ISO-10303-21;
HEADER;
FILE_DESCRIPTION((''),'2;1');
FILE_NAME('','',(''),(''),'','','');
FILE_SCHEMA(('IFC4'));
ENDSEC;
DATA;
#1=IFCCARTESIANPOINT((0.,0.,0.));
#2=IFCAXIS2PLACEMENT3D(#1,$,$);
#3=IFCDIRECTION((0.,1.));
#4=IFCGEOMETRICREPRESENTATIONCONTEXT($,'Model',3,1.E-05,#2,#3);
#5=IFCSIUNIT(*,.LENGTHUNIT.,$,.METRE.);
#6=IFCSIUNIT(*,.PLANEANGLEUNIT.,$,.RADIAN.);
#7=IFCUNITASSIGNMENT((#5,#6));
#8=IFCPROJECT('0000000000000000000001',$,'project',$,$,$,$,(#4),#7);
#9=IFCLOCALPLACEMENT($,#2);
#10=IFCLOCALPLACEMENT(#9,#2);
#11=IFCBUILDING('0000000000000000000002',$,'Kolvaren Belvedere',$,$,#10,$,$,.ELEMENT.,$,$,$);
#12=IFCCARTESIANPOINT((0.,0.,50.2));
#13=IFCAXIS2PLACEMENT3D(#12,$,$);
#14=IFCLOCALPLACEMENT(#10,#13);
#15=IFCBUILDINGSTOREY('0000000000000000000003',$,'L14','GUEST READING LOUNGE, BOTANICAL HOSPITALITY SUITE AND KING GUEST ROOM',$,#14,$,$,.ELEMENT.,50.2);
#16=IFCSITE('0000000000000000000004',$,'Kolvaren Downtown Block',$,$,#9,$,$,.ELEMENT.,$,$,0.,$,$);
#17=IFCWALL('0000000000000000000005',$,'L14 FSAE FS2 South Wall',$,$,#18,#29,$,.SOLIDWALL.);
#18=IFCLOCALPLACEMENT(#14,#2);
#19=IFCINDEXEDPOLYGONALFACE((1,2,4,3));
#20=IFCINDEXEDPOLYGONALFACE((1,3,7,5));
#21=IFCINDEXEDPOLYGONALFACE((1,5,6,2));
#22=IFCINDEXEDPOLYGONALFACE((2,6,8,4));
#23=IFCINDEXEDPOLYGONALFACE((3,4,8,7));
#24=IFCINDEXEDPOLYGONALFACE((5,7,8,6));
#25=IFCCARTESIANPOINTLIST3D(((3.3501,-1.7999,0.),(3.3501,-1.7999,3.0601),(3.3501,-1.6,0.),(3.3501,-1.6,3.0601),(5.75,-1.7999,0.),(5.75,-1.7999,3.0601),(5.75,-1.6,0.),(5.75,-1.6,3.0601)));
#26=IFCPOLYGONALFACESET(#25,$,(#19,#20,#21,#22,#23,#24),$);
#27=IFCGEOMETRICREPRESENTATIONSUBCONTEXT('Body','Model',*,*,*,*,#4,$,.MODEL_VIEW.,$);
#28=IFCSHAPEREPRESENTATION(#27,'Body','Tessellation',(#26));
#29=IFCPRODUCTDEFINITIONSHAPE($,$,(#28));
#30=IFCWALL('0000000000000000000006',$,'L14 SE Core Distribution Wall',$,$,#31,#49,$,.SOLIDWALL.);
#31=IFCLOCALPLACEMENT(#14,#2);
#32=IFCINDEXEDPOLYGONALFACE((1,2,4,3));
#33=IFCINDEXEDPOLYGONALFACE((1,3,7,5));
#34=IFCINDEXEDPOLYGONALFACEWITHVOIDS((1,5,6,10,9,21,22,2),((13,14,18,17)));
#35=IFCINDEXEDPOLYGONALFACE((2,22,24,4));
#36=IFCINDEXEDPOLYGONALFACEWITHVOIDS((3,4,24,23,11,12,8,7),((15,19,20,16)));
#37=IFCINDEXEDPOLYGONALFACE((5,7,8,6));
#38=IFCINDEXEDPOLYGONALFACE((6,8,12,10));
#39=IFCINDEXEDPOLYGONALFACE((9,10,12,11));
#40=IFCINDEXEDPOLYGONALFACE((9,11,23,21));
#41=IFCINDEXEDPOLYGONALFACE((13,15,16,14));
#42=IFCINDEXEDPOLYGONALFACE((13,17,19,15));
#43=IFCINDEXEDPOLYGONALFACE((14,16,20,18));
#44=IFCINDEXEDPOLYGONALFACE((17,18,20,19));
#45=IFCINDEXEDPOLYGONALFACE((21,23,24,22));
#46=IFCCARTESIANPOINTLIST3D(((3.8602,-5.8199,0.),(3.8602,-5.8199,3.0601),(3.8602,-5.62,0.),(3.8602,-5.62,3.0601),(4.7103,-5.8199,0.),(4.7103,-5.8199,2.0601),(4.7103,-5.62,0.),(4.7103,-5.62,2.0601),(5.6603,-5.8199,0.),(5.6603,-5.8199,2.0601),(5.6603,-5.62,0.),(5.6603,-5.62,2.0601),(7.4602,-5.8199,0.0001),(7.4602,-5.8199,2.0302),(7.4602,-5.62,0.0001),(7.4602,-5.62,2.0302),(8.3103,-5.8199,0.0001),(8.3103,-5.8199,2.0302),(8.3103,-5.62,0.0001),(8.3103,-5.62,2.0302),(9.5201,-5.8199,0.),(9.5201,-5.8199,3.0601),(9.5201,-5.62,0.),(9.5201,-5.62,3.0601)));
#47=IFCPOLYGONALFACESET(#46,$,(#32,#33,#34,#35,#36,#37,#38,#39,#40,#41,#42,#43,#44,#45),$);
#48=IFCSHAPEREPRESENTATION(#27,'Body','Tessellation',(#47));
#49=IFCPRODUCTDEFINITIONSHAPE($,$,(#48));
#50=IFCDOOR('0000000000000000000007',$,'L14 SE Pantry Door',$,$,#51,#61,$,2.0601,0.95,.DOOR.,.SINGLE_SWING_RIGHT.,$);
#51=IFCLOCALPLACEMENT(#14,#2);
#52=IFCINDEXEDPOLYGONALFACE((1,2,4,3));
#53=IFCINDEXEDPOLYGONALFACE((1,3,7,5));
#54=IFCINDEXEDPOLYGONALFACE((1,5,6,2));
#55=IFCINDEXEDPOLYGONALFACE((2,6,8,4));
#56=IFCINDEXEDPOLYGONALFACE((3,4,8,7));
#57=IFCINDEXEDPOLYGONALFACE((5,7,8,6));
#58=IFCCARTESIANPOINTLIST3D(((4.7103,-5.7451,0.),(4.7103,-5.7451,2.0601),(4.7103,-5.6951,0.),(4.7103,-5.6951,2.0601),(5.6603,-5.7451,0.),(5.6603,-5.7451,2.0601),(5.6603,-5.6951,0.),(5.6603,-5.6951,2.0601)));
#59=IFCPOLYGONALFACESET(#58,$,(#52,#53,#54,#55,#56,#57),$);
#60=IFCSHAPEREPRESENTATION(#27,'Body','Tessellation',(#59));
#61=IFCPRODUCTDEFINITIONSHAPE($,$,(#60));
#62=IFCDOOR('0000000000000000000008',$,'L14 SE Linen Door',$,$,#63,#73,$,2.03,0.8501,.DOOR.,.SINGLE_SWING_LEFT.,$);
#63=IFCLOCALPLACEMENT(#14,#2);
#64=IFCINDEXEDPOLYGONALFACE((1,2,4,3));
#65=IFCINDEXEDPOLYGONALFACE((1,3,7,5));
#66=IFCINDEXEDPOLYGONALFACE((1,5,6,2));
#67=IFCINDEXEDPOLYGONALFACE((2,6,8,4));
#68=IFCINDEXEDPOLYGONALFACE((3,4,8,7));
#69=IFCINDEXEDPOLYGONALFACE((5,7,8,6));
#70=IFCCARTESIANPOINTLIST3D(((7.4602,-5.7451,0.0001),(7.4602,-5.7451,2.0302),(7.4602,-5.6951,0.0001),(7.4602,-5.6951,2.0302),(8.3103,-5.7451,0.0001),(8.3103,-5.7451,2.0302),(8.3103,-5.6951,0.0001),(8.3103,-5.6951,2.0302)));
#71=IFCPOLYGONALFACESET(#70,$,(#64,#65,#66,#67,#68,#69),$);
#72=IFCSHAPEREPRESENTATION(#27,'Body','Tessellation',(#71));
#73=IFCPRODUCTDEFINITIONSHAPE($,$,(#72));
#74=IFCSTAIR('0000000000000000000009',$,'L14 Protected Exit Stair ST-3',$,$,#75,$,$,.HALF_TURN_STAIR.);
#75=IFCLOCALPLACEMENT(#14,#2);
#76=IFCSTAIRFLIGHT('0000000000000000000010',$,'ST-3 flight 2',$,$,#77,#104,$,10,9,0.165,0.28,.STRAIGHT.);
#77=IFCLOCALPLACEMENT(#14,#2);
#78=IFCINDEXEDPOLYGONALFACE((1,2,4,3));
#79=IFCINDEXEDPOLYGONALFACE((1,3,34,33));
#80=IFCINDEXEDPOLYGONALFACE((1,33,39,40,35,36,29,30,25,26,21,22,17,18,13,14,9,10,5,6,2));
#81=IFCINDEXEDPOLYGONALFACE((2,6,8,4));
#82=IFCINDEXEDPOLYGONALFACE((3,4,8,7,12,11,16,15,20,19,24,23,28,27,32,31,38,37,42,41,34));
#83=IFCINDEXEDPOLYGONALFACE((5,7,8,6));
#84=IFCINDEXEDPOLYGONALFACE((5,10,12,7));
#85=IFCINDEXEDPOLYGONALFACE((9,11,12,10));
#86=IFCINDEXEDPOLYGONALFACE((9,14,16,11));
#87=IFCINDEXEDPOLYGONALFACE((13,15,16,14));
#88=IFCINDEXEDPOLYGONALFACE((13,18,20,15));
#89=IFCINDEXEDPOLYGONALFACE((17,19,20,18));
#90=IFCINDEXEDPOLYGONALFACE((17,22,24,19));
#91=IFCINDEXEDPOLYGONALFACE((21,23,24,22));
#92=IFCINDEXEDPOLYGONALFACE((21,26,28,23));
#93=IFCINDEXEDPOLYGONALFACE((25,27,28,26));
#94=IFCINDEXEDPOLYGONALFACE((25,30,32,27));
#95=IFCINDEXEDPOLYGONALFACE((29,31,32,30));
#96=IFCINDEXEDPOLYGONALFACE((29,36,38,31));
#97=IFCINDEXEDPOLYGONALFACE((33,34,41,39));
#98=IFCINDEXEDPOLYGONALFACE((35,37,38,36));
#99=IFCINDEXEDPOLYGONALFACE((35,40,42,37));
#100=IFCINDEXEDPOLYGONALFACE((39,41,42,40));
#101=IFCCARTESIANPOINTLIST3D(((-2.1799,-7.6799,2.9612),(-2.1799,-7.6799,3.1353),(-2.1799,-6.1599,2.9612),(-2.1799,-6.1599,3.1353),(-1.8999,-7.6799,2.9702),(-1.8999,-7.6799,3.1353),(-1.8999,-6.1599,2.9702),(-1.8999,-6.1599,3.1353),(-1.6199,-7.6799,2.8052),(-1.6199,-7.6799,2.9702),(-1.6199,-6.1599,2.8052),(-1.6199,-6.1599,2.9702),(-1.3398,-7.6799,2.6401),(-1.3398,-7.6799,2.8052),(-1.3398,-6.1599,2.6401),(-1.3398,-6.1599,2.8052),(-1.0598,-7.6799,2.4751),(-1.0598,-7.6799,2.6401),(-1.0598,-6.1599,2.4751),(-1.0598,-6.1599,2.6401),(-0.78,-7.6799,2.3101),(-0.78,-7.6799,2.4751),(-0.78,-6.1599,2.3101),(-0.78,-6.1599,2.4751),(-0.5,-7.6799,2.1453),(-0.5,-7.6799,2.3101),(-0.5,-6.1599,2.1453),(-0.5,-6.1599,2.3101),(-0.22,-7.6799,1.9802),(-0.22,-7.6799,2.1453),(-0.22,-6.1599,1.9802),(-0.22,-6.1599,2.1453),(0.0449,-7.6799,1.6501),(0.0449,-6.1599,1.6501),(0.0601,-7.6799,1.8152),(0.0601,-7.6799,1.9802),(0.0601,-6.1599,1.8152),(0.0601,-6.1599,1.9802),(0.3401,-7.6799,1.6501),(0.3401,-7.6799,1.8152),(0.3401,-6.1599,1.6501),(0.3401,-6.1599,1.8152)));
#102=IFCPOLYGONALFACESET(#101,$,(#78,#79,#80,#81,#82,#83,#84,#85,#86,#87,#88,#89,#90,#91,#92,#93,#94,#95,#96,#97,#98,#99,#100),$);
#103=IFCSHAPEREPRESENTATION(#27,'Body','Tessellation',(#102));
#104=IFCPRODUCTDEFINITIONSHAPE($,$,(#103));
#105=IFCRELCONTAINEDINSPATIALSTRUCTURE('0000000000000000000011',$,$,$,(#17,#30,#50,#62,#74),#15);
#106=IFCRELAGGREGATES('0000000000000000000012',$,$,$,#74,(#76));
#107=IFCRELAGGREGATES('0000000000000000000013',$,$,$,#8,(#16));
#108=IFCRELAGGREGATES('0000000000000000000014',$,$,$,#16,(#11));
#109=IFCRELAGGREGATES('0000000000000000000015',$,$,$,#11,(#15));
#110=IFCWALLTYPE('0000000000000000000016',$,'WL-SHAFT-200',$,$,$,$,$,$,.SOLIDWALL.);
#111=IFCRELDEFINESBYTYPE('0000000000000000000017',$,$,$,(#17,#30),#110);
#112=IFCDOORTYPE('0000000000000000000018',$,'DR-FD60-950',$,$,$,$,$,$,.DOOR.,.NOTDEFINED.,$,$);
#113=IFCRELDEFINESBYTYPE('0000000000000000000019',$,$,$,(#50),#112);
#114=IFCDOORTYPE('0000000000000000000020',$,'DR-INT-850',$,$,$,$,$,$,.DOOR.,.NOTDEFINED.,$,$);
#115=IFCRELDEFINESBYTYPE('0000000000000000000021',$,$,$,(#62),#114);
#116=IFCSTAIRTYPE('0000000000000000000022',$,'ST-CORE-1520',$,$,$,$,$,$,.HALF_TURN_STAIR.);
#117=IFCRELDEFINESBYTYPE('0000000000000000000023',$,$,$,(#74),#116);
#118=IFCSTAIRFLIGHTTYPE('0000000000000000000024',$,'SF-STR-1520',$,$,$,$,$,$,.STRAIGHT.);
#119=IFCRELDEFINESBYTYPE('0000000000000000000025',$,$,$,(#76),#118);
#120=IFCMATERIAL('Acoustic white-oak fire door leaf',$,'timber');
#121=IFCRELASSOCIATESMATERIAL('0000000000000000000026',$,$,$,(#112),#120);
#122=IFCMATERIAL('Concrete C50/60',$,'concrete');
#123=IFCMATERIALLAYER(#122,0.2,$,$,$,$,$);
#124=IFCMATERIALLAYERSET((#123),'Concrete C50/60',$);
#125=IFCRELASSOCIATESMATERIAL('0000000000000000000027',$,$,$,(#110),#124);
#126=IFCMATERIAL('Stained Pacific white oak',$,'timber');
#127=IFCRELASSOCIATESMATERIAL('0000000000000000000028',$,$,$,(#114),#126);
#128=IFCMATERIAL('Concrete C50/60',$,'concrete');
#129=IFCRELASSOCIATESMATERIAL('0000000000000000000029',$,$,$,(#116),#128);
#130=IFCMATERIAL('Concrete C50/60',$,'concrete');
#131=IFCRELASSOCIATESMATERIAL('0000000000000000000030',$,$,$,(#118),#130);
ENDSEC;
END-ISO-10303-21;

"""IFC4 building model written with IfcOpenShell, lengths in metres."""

from ifc_helpers import new_model, si_unit, direction, frame, frame_2d, origin, place, context, subcontext, project, spatial, polyline, rectangle, outline, extrude, material, layer, layer_set, type_object, element, fill, aggregate, save


model = new_model("IFC4")

# Units and contexts
model_context = context("Model", 3, precision=1e-05, world=origin(), true_north=direction((0.0, 1.0)))
body_context = subcontext(model_context, "Body", "Model", "MODEL_VIEW")
ifc_project = project(units=[si_unit("LENGTHUNIT", "METRE"), si_unit("PLANEANGLEUNIT", "RADIAN")], contexts=[model_context])

# Site, building, storey
site_placement = place(None, origin())
site = spatial("IfcSite", under=ifc_project, at=site_placement, Name="Kolvaren Downtown Block", CompositionType="ELEMENT", RefElevation=0.0)
building_placement = place(site_placement, origin())
building = spatial("IfcBuilding", under=site, at=building_placement, Name="Kolvaren Belvedere", CompositionType="ELEMENT")
storey_placement = place(building_placement, frame((0.0, 0.0, 50.2)))
storey = spatial("IfcBuildingStorey", under=building, at=storey_placement, Name="L14", Description="GUEST READING LOUNGE, BOTANICAL HOSPITALITY SUITE AND KING GUEST ROOM", CompositionType="ELEMENT", Elevation=50.2)

# Shared definitions
ifc_material_1 = material(Name="Acoustic white-oak fire door leaf", Category="timber")
door_type_1 = type_object("IfcDoorType", Name="DR-FD60-950", OperationType="NOTDEFINED", PredefinedType="DOOR", material=ifc_material_1)
ifc_material_2 = material(Name="Concrete C50/60", Category="concrete")
ifc_layer_1 = layer(ifc_material_2, 0.2)
ifc_layer_set_1 = layer_set([ifc_layer_1], Name="Concrete C50/60")
wall_type_1 = type_object("IfcWallType", Name="WL-SHAFT-200", PredefinedType="SOLIDWALL", material=ifc_layer_set_1)

# Wall
wall_1_placement = place(storey_placement, frame((3.3501, -1.7, 0.0), z_axis=(0.0, 0.0, 1.0), x_axis=(1.0, 0.0, 0.0)))
element("IfcWall", 1, at=wall_1_placement, inside=storey, type_object=wall_type_1, Name="L14 FSAE FS2 South Wall", PredefinedType="SOLIDWALL", context=body_context, shape_type="SweptSolid", body=[
    extrude(rectangle(XDim=2.3999, YDim=0.2, at=frame_2d((1.2, 0.0))), origin(), (0.0, 0.0, 1.0), 3.0601),
])

# Wall, openings, doors
wall_2_placement = place(storey_placement, frame((3.8601, -5.72, 0.0), z_axis=(0.0, 0.0, 1.0), x_axis=(1.0, 0.0, 0.0)))
wall_2 = element("IfcWall", 2, at=wall_2_placement, inside=storey, type_object=wall_type_1, Name="L14 SE Core Distribution Wall", PredefinedType="SOLIDWALL", context=body_context, shape_type="SweptSolid", body=[
    extrude(rectangle(XDim=5.6599, YDim=0.2, at=frame_2d((2.8301, 0.0))), origin(), (0.0, 0.0, 1.0), 3.0601),
])
opening_1_placement = place(wall_2_placement, frame((0.8501, 0.0, 0.0)))
opening_1 = element("IfcOpeningElement", 3, at=opening_1_placement, cuts=wall_2, PredefinedType="OPENING", context=body_context, shape_type="SweptSolid", body=[
    extrude(rectangle(XDim=0.95, YDim=2.0601, at=frame_2d((0.4751, 1.03))), frame((0.0, 0.1099, 0.0), z_axis=(0.0, -1.0, 0.0), x_axis=(1.0, 0.0, 0.0)), (0.0, 0.0, 1.0), 0.22),
])
opening_2_placement = place(wall_2_placement, frame((3.6001, 0.0, 0.0)))
opening_2 = element("IfcOpeningElement", 4, at=opening_2_placement, cuts=wall_2, PredefinedType="OPENING", context=body_context, shape_type="SweptSolid", body=[
    extrude(rectangle(XDim=0.8501, YDim=2.03, at=frame_2d((0.425, 1.0151))), frame((0.0, 0.1099, 0.0), z_axis=(0.0, -1.0, 0.0), x_axis=(1.0, 0.0, 0.0)), (0.0, 0.0, 1.0), 0.22),
])
door_1_placement = place(opening_1_placement, origin())
door_1 = element("IfcDoor", 5, at=door_1_placement, inside=storey, type_object=door_type_1, Name="L14 SE Pantry Door", OperationType="SINGLE_SWING_RIGHT", OverallHeight=2.0601, OverallWidth=0.95, PredefinedType="DOOR", context=body_context, shape_type="SweptSolid", body=[
    extrude(rectangle(XDim=0.95, YDim=2.0601, at=frame_2d((0.4751, 1.03))), frame((0.0, 0.0249, 0.0), z_axis=(0.0, -1.0, 0.0), x_axis=(1.0, 0.0, 0.0)), (0.0, 0.0, 1.0), 0.05),
])
fill(opening_1, door_1)
ifc_material_3 = material(Name="Stained Pacific white oak", Category="timber")
door_type_2 = type_object("IfcDoorType", Name="DR-INT-850", OperationType="NOTDEFINED", PredefinedType="DOOR", material=ifc_material_3)
door_2_placement = place(opening_2_placement, origin())
door_2 = element("IfcDoor", 6, at=door_2_placement, inside=storey, type_object=door_type_2, Name="L14 SE Linen Door", OperationType="SINGLE_SWING_LEFT", OverallHeight=2.03, OverallWidth=0.8501, PredefinedType="DOOR", context=body_context, shape_type="SweptSolid", body=[
    extrude(rectangle(XDim=0.8501, YDim=2.03, at=frame_2d((0.425, 1.0151))), frame((0.0, 0.0249, 0.0), z_axis=(0.0, -1.0, 0.0), x_axis=(1.0, 0.0, 0.0)), (0.0, 0.0, 1.0), 0.05),
])
fill(opening_2, door_2)

# Stair, stair flight
ifc_material_4 = material(Name="Concrete C50/60", Category="concrete")
stair_type = type_object("IfcStairType", Name="ST-CORE-1520", PredefinedType="HALF_TURN_STAIR", material=ifc_material_4)
stair_placement = place(storey_placement, origin())
stair = element("IfcStair", 7, at=stair_placement, inside=storey, type_object=stair_type, Name="L14 Protected Exit Stair ST-3", PredefinedType="HALF_TURN_STAIR")
ifc_material_5 = material(Name="Concrete C50/60", Category="concrete")
stair_flight_type = type_object("IfcStairFlightType", Name="SF-STR-1520", PredefinedType="STRAIGHT", material=ifc_material_5)
stair_flight_placement = place(storey_placement, frame((0.3401, -6.9199, 1.6501), z_axis=(0.0, 0.0, 1.0), x_axis=(-1.0, 0.0, 0.0)))
stair_flight = element("IfcStairFlight", 8, at=stair_flight_placement, type_object=stair_flight_type, Name="ST-3 flight 2", NumberOfRisers=10, NumberOfTreads=9, PredefinedType="STRAIGHT", RiserHeight=0.165, TreadLength=0.28, context=body_context, shape_type="SweptSolid", body=[
    extrude(outline(polyline([(0.0, 0.0), (0.0, 0.165), (0.28, 0.165), (0.28, 0.3301), (0.5601, 0.3301), (0.5601, 0.4951), (0.8401, 0.4951), (0.8401, 0.6599), (1.1201, 0.6599), (1.1201, 0.825), (1.3999, 0.825), (1.3999, 0.99), (1.6799, 0.99), (1.6799, 1.155), (1.96, 1.155), (1.96, 1.3201), (2.24, 1.3201), (2.24, 1.4851), (2.52, 1.4851), (2.52, 1.6499), (2.52, 1.311), (0.2952, 0.0), (0.0, 0.0)])), frame((0.0, 0.76, 0.0), z_axis=(0.0, -1.0, 0.0), x_axis=(1.0, 0.0, 0.0)), (0.0, 0.0, 1.0), 1.52),
])
aggregate(stair, [stair_flight])

save(model, "model.ifc")
